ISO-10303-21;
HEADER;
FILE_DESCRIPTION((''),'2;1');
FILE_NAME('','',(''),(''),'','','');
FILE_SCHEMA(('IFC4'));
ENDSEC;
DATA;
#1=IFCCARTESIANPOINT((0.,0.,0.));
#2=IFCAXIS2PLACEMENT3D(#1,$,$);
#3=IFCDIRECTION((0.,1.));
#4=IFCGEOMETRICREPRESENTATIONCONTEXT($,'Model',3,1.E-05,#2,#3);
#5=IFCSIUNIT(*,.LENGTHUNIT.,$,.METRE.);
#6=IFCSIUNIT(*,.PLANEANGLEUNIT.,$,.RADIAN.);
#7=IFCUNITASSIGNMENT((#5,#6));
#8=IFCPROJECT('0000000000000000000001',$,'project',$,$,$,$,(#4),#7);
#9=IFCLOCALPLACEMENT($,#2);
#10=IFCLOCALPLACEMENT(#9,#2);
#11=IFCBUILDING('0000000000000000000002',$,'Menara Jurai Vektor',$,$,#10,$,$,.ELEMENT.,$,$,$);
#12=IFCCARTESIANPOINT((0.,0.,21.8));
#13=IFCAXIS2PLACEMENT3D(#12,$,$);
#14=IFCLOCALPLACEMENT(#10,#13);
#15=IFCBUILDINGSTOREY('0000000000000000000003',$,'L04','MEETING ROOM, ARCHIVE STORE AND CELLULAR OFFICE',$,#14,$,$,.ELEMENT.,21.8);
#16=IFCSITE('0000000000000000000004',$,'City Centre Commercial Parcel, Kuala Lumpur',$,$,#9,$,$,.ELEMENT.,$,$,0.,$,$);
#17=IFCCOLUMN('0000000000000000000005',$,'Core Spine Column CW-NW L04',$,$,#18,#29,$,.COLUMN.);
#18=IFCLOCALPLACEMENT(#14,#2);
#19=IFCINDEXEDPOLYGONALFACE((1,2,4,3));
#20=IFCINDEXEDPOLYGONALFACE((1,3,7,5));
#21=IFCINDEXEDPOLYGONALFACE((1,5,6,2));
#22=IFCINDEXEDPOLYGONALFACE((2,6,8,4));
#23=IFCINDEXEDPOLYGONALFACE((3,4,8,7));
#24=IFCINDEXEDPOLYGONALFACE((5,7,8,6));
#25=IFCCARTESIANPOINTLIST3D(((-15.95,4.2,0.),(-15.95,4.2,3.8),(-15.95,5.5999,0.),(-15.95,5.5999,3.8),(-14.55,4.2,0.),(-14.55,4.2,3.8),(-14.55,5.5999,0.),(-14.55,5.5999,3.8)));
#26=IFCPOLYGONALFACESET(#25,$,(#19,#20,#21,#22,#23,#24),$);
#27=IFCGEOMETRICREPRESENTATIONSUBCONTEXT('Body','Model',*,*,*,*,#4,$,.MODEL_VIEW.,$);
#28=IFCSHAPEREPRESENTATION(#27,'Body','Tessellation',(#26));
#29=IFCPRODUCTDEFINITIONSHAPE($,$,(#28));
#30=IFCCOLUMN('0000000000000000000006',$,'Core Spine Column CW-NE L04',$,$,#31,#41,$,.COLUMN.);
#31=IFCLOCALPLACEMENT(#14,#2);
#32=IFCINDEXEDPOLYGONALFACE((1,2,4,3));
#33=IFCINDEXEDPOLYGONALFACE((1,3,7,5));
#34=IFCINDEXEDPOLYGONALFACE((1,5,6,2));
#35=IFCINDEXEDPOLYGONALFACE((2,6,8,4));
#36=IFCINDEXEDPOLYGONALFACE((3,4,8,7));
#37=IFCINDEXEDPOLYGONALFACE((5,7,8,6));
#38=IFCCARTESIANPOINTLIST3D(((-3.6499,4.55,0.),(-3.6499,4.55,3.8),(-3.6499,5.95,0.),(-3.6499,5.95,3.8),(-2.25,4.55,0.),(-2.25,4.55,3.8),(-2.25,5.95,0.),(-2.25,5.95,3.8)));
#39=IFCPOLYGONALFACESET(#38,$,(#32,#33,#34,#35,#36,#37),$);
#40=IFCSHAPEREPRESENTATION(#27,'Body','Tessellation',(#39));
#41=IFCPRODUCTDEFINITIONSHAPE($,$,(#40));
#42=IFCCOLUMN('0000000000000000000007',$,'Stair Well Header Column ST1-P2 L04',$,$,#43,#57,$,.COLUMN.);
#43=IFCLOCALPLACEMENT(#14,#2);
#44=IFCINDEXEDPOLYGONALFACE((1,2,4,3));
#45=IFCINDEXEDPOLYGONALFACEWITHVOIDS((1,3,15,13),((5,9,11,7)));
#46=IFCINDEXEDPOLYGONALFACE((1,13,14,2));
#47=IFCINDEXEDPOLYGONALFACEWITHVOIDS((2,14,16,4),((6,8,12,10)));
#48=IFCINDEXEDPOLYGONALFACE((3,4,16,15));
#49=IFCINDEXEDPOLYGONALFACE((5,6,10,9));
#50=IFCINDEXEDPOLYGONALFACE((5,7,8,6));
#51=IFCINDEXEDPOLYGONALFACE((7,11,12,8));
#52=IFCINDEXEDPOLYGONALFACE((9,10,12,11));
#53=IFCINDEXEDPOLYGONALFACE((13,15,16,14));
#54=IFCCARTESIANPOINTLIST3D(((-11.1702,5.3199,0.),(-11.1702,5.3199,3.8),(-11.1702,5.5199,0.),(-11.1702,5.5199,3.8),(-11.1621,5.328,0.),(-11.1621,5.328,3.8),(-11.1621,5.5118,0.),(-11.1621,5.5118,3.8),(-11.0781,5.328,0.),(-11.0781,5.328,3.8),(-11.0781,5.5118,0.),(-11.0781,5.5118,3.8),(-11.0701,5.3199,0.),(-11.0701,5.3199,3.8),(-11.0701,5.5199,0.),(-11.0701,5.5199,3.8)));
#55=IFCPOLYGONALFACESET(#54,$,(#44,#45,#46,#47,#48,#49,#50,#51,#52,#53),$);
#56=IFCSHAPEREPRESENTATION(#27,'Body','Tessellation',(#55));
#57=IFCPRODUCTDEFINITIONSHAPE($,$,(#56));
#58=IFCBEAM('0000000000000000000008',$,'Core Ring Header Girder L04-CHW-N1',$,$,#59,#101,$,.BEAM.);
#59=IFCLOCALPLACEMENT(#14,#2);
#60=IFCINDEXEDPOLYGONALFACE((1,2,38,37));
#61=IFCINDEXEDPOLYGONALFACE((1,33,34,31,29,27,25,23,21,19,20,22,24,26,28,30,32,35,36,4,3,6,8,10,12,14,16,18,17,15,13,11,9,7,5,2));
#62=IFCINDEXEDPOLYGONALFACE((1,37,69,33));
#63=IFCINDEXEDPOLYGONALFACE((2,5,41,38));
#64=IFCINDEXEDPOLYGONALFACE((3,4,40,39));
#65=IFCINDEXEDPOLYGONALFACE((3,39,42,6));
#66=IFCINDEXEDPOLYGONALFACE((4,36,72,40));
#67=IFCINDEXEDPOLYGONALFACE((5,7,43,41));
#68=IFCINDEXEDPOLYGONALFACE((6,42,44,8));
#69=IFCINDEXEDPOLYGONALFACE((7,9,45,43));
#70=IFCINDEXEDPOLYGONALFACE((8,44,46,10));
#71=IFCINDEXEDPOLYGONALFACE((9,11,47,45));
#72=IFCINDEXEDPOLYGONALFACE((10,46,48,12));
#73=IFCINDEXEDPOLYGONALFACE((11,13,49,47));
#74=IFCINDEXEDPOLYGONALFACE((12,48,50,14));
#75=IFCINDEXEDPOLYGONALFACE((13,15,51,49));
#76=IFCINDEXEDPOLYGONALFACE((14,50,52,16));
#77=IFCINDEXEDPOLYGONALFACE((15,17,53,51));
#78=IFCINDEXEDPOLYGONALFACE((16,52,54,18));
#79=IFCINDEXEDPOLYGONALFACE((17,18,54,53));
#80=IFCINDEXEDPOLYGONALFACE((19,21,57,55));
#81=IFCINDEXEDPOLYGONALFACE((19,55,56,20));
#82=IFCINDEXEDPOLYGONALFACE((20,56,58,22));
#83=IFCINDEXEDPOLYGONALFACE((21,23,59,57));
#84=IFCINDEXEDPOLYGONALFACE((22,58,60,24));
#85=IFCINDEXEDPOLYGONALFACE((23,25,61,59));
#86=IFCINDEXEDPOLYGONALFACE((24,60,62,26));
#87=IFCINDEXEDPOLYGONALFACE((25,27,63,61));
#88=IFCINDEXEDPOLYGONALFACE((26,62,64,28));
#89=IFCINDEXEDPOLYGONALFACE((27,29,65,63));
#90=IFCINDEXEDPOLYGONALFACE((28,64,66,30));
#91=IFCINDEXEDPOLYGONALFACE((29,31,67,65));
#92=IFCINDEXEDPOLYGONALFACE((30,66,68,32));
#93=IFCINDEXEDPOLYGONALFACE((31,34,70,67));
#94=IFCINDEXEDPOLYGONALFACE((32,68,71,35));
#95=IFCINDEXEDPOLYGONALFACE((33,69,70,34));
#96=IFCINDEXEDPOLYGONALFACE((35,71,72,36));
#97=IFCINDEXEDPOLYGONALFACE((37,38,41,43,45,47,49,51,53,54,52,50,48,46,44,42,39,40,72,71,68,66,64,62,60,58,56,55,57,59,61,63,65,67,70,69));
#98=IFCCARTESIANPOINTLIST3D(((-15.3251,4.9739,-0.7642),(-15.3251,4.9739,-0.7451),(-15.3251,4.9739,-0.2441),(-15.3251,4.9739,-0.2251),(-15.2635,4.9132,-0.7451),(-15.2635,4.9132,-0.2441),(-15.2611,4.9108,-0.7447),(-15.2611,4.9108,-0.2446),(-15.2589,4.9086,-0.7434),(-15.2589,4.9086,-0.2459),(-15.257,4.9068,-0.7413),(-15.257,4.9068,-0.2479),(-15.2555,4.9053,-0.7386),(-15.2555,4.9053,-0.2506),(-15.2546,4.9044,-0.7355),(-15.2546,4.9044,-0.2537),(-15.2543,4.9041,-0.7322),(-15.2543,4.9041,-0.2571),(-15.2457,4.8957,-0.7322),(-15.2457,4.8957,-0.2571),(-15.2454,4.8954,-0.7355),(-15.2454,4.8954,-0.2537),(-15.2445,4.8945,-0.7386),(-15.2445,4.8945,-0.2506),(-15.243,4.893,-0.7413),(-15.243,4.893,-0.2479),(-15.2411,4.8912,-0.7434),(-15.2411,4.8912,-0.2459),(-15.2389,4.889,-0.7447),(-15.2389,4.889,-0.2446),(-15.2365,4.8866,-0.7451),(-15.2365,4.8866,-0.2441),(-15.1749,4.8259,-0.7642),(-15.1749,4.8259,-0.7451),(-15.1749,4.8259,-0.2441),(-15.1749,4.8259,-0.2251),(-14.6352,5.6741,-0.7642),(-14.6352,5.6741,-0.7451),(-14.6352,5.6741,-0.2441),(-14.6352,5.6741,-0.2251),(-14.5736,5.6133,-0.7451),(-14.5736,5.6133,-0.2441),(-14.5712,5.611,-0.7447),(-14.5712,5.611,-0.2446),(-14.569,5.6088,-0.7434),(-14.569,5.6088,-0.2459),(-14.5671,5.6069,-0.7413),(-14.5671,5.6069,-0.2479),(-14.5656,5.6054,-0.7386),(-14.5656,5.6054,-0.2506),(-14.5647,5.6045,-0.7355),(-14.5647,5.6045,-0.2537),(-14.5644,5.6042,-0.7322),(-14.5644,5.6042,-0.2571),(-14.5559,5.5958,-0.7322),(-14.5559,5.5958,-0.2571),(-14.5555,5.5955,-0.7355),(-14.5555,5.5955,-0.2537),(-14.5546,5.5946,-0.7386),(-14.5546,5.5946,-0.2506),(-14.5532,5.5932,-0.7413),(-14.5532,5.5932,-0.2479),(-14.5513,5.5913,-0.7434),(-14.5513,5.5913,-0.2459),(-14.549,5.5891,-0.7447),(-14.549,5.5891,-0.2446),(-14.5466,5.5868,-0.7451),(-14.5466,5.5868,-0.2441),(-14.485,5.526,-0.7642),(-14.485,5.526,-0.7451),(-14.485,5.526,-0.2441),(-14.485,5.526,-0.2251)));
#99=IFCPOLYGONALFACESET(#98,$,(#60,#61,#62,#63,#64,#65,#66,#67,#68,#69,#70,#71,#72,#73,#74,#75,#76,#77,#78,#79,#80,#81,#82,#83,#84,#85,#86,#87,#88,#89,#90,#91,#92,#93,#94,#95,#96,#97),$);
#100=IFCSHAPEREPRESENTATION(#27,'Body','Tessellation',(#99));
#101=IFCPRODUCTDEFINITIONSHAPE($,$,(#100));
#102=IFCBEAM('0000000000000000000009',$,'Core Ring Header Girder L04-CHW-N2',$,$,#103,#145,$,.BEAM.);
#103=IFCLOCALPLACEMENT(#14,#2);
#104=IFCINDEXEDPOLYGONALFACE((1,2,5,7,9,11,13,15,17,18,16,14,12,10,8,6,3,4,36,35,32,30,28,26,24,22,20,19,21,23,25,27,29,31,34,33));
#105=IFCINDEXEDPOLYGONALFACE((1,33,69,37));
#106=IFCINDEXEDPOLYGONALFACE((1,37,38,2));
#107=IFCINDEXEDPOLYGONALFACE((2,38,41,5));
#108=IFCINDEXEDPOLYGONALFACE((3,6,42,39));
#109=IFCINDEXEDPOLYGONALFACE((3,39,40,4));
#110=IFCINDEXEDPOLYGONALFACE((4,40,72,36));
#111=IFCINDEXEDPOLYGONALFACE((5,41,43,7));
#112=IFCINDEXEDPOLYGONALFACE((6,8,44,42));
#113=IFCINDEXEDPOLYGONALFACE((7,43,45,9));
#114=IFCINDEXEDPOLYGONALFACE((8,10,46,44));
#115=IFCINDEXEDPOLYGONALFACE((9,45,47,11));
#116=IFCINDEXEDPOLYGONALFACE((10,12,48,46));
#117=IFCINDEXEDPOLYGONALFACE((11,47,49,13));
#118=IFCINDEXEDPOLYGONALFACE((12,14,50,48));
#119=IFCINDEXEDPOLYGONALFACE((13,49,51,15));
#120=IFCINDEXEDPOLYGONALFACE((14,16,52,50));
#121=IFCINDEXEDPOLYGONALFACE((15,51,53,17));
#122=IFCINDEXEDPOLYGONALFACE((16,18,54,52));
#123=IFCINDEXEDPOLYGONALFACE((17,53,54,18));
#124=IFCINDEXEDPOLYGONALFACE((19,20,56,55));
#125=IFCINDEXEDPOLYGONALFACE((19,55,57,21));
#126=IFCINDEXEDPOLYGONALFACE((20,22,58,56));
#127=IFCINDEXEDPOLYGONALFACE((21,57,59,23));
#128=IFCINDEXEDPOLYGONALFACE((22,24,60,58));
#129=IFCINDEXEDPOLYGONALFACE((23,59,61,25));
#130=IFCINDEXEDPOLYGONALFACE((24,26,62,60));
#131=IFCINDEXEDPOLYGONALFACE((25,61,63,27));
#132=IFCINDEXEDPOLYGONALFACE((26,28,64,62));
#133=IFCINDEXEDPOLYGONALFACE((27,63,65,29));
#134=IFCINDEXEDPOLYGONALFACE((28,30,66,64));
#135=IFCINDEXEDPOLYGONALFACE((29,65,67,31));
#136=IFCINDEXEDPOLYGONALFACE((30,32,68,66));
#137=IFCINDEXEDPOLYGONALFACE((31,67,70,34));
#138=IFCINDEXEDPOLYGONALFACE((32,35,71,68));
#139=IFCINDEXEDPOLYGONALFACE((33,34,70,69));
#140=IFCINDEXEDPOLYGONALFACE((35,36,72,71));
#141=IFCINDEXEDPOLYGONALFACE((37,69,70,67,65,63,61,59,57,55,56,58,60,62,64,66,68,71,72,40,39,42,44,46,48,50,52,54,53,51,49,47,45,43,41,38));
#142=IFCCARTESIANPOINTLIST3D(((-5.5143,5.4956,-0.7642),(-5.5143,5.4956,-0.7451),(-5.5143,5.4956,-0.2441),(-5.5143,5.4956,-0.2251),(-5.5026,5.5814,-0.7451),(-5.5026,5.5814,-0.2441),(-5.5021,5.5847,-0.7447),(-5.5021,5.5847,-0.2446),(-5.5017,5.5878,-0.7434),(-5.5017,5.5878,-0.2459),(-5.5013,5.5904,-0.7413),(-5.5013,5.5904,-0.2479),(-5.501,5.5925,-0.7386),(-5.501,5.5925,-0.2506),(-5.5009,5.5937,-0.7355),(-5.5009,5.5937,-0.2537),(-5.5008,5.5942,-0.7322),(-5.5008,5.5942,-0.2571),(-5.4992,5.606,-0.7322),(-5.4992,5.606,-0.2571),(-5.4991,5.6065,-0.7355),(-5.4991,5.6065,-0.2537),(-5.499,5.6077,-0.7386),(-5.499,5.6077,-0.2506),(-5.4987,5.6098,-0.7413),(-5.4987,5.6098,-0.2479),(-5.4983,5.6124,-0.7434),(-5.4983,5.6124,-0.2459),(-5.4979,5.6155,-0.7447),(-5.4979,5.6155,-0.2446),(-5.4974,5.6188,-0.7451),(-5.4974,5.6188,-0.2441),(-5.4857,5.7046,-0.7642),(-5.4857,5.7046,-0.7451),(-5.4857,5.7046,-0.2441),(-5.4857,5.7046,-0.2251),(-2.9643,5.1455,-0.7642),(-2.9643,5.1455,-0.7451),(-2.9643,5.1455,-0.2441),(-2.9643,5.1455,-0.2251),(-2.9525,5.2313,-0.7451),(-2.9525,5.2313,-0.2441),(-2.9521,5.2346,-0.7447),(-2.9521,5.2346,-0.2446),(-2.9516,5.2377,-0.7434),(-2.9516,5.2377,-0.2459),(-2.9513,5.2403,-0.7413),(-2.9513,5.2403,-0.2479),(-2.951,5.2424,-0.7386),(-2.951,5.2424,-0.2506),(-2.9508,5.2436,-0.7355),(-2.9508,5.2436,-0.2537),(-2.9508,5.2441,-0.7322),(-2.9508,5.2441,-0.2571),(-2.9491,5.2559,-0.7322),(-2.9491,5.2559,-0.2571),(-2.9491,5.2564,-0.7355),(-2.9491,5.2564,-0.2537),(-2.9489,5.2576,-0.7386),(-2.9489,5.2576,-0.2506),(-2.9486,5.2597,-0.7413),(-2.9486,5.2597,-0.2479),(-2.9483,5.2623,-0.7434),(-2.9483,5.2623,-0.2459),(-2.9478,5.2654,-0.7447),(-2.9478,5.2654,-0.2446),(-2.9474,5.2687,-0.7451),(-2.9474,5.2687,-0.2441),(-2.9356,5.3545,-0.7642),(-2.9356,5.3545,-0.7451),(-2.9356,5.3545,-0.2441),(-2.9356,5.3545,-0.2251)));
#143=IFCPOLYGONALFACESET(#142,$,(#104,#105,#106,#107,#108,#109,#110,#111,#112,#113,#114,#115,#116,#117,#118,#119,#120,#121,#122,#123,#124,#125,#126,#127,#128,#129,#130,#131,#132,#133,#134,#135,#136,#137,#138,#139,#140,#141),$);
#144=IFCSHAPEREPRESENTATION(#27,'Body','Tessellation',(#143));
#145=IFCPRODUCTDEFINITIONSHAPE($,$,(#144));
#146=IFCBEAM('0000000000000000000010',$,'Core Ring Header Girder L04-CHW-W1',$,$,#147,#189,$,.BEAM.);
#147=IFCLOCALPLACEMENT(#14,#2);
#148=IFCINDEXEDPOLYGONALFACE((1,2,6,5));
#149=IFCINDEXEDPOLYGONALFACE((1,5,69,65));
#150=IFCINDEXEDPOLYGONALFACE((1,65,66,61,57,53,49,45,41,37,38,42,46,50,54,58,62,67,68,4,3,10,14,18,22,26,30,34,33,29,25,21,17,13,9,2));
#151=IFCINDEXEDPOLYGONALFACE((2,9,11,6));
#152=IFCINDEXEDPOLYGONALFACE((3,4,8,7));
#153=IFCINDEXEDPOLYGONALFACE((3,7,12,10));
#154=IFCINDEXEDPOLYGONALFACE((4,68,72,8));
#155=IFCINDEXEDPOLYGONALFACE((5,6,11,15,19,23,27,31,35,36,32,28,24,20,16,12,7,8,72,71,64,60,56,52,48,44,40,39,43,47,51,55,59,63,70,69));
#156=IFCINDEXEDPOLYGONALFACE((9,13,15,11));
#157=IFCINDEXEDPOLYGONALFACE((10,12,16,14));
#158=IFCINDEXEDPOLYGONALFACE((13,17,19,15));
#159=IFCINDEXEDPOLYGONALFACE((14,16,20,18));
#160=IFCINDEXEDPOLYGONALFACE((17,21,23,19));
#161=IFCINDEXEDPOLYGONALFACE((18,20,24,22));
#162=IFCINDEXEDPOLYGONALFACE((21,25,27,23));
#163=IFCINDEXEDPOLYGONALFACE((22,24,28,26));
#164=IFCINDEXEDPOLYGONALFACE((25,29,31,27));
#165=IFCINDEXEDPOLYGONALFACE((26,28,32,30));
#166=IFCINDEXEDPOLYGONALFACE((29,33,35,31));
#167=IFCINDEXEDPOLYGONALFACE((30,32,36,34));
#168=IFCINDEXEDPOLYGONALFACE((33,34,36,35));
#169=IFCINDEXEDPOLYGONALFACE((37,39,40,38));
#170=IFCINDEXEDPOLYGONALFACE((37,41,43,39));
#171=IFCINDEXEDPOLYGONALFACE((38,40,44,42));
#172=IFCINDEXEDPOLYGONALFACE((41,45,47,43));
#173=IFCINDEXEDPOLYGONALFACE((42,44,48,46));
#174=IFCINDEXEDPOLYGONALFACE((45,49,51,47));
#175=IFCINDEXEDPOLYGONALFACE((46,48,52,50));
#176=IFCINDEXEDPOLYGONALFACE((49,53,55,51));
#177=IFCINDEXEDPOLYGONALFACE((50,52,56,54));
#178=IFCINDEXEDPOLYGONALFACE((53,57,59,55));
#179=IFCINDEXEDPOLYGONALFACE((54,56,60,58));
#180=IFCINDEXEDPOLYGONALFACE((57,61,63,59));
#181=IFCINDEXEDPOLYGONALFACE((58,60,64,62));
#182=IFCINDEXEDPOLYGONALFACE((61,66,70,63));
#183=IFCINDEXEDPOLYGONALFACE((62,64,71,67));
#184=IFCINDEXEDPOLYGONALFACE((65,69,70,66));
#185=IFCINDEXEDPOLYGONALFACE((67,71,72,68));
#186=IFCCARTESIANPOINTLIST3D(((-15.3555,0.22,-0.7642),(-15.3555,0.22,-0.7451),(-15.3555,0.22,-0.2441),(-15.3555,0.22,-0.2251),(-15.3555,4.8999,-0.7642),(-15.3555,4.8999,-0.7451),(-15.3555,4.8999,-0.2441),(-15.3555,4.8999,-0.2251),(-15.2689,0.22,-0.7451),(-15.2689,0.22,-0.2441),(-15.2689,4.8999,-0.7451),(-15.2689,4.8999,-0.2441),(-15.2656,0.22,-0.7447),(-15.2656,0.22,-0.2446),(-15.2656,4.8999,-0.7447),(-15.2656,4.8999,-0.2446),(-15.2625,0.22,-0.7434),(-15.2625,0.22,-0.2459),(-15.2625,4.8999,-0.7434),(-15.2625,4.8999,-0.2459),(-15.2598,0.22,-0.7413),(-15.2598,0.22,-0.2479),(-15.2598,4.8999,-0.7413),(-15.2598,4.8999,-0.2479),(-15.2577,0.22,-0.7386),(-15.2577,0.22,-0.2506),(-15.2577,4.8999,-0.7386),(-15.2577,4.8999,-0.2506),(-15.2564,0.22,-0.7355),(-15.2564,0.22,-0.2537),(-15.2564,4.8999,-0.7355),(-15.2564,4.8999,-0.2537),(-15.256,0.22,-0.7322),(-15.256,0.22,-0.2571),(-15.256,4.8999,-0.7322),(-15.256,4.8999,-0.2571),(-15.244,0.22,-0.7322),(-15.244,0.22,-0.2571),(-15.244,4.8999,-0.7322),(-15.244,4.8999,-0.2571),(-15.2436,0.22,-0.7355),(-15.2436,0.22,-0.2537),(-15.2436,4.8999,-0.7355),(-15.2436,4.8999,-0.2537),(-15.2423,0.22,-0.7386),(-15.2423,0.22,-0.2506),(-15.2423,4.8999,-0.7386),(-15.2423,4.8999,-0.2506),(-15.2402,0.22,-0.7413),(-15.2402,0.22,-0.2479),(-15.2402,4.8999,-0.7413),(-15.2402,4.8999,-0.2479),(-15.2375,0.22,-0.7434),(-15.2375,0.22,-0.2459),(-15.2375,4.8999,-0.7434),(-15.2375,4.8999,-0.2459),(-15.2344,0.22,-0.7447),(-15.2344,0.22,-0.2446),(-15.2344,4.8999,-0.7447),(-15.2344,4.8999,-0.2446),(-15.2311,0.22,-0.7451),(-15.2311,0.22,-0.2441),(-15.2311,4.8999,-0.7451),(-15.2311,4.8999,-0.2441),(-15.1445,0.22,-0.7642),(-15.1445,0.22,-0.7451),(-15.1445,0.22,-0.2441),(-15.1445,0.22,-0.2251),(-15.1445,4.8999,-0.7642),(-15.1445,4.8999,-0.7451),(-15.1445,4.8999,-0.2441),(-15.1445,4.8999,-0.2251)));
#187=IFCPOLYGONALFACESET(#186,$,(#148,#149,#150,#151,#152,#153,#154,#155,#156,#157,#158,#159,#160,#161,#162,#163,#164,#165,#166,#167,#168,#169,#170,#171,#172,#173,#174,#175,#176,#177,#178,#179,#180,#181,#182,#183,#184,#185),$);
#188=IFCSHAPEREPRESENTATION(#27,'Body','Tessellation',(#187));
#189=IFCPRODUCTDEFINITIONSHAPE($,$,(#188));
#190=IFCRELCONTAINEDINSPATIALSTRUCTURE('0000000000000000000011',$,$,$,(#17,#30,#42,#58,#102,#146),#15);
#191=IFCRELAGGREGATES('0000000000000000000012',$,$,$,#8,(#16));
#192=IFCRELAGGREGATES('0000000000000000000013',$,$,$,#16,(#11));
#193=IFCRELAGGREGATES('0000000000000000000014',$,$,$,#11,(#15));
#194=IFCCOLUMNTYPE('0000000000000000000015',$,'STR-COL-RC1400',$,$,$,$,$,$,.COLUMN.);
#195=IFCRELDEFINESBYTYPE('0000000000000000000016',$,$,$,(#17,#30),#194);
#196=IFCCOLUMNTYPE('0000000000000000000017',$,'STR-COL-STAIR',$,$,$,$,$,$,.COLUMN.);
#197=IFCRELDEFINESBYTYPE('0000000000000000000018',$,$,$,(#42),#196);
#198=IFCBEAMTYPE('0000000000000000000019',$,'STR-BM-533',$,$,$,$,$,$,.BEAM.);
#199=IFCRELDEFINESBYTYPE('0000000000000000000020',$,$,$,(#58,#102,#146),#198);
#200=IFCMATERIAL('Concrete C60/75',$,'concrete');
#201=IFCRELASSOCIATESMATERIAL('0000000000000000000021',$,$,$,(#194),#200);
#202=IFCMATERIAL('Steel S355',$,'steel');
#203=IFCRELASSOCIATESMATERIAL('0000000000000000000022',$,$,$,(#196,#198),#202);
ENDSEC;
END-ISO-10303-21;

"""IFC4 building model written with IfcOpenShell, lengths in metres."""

from ifc_helpers import new_model, si_unit, direction, frame, origin, origin_2d, place, context, subcontext, project, spatial, rectangle, hollow_rectangle, i_section, extrude, material, material_profile, profile_set, type_object, element, save


model = new_model("IFC4")

# Units and contexts
model_context = context("Model", 3, precision=1e-05, world=origin(), true_north=direction((0.0, 1.0)))
body_context = subcontext(model_context, "Body", "Model", "MODEL_VIEW")
ifc_project = project(units=[si_unit("LENGTHUNIT", "METRE"), si_unit("PLANEANGLEUNIT", "RADIAN")], contexts=[model_context])

# Site, building, storey
site_placement = place(None, origin())
site = spatial("IfcSite", under=ifc_project, at=site_placement, Name="City Centre Commercial Parcel, Kuala Lumpur", CompositionType="ELEMENT", RefElevation=0.0)
building_placement = place(site_placement, origin())
building = spatial("IfcBuilding", under=site, at=building_placement, Name="Menara Jurai Vektor", CompositionType="ELEMENT")
storey_placement = place(building_placement, frame((0.0, 0.0, 21.8)))
storey = spatial("IfcBuildingStorey", under=building, at=storey_placement, Name="L04", Description="MEETING ROOM, ARCHIVE STORE AND CELLULAR OFFICE", CompositionType="ELEMENT", Elevation=21.8)

# Columns
ifc_material_1 = material(Name="Concrete C60/75", Category="concrete")
ifc_material_profile_1 = material_profile(ifc_material_1, rectangle(XDim=1.3999, YDim=1.3999, at=origin_2d()), Name="RC 1400x1400")
ifc_profile_set_1 = profile_set([ifc_material_profile_1], Name="Concrete C60/75")
column_type_1 = type_object("IfcColumnType", Name="STR-COL-RC1400", PredefinedType="COLUMN", material=ifc_profile_set_1)
for number, where, z_axis, x_axis, name in (
    (1, (-15.25, 4.8999, 0.0), (0.0, 0.0, 1.0), (1.0, 0.0, 0.0), "Core Spine Column CW-NW L04"),
    (2, (-2.95, 5.25, 0.0), (0.0, 0.0, 1.0), (1.0, 0.0, 0.0), "Core Spine Column CW-NE L04"),
):
    element("IfcColumn", number, at=place(storey_placement, frame(where, z_axis=z_axis, x_axis=x_axis)), inside=storey, type_object=column_type_1, Name=name, PredefinedType="COLUMN", context=body_context, shape_type="SweptSolid", body=[
        extrude(rectangle(XDim=1.3999, YDim=1.3999, at=origin_2d()), origin(), (0.0, 0.0, 1.0), 3.8),
    ])
ifc_material_2 = material(Name="Steel S355", Category="steel")
ifc_material_profile_2 = material_profile(ifc_material_2, hollow_rectangle(XDim=0.1001, YDim=0.2, WallThickness=0.0081, at=origin_2d()), Name="RHS 200x100x8")
ifc_profile_set_2 = profile_set([ifc_material_profile_2], Name="Steel S355")
column_type_2 = type_object("IfcColumnType", Name="STR-COL-STAIR", PredefinedType="COLUMN", material=ifc_profile_set_2)
column_placement = place(storey_placement, frame((-11.1201, 5.4199, 0.0), z_axis=(0.0, 0.0, 1.0), x_axis=(1.0, 0.0, 0.0)))
element("IfcColumn", 3, at=column_placement, inside=storey, type_object=column_type_2, Name="Stair Well Header Column ST1-P2 L04", PredefinedType="COLUMN", context=body_context, shape_type="SweptSolid", body=[
    extrude(hollow_rectangle(XDim=0.1001, YDim=0.2, WallThickness=0.0081, at=origin_2d()), origin(), (0.0, 0.0, 1.0), 3.8),
])

# Beams
ifc_material_profile_3 = material_profile(ifc_material_2, i_section(OverallWidth=0.2109, OverallDepth=0.5391, WebThickness=0.012, FlangeThickness=0.019, FilletRadius=0.0129, at=origin_2d()), Name="UKB 533x210x109")
ifc_profile_set_3 = profile_set([ifc_material_profile_3], Name="Steel S355")
beam_type_1 = type_object("IfcBeamType", Name="STR-BM-533", PredefinedType="BEAM", material=ifc_profile_set_3)
beam_1_placement = place(storey_placement, frame((-15.25, 4.8999, -0.4946), z_axis=(0.701872, 0.712303, 0.0), x_axis=(-0.712303, 0.701872, 0.0)))
element("IfcBeam", 4, at=beam_1_placement, inside=storey, type_object=beam_type_1, Name="Core Ring Header Girder L04-CHW-N1", PredefinedType="BEAM", context=body_context, shape_type="SweptSolid", body=[
    extrude(i_section(OverallWidth=0.2109, OverallDepth=0.5391, WebThickness=0.012, FlangeThickness=0.019, FilletRadius=0.0129, at=origin_2d()), origin(), (0.0, 0.0, 1.0), 0.9829),
])
beam_2_placement = place(storey_placement, frame((-5.5, 5.6001, -0.4946), z_axis=(0.990707, -0.136015, 0.0), x_axis=(0.136015, 0.990707, 0.0)))
element("IfcBeam", 5, at=beam_2_placement, inside=storey, type_object=beam_type_1, Name="Core Ring Header Girder L04-CHW-N2", PredefinedType="BEAM", context=body_context, shape_type="SweptSolid", body=[
    extrude(i_section(OverallWidth=0.2109, OverallDepth=0.5391, WebThickness=0.012, FlangeThickness=0.019, FilletRadius=0.0129, at=origin_2d()), origin(), (0.0, 0.0, 1.0), 2.574),
])
beam_3_placement = place(storey_placement, frame((-15.25, 0.22, -0.4946), z_axis=(0.0, 1.0, 0.0), x_axis=(-1.0, 0.0, 0.0)))
element("IfcBeam", 6, at=beam_3_placement, inside=storey, type_object=beam_type_1, Name="Core Ring Header Girder L04-CHW-W1", PredefinedType="BEAM", context=body_context, shape_type="SweptSolid", body=[
    extrude(i_section(OverallWidth=0.2109, OverallDepth=0.5391, WebThickness=0.012, FlangeThickness=0.019, FilletRadius=0.0129, at=origin_2d()), origin(), (0.0, 0.0, 1.0), 4.6799),
])

save(model, "model.ifc")
